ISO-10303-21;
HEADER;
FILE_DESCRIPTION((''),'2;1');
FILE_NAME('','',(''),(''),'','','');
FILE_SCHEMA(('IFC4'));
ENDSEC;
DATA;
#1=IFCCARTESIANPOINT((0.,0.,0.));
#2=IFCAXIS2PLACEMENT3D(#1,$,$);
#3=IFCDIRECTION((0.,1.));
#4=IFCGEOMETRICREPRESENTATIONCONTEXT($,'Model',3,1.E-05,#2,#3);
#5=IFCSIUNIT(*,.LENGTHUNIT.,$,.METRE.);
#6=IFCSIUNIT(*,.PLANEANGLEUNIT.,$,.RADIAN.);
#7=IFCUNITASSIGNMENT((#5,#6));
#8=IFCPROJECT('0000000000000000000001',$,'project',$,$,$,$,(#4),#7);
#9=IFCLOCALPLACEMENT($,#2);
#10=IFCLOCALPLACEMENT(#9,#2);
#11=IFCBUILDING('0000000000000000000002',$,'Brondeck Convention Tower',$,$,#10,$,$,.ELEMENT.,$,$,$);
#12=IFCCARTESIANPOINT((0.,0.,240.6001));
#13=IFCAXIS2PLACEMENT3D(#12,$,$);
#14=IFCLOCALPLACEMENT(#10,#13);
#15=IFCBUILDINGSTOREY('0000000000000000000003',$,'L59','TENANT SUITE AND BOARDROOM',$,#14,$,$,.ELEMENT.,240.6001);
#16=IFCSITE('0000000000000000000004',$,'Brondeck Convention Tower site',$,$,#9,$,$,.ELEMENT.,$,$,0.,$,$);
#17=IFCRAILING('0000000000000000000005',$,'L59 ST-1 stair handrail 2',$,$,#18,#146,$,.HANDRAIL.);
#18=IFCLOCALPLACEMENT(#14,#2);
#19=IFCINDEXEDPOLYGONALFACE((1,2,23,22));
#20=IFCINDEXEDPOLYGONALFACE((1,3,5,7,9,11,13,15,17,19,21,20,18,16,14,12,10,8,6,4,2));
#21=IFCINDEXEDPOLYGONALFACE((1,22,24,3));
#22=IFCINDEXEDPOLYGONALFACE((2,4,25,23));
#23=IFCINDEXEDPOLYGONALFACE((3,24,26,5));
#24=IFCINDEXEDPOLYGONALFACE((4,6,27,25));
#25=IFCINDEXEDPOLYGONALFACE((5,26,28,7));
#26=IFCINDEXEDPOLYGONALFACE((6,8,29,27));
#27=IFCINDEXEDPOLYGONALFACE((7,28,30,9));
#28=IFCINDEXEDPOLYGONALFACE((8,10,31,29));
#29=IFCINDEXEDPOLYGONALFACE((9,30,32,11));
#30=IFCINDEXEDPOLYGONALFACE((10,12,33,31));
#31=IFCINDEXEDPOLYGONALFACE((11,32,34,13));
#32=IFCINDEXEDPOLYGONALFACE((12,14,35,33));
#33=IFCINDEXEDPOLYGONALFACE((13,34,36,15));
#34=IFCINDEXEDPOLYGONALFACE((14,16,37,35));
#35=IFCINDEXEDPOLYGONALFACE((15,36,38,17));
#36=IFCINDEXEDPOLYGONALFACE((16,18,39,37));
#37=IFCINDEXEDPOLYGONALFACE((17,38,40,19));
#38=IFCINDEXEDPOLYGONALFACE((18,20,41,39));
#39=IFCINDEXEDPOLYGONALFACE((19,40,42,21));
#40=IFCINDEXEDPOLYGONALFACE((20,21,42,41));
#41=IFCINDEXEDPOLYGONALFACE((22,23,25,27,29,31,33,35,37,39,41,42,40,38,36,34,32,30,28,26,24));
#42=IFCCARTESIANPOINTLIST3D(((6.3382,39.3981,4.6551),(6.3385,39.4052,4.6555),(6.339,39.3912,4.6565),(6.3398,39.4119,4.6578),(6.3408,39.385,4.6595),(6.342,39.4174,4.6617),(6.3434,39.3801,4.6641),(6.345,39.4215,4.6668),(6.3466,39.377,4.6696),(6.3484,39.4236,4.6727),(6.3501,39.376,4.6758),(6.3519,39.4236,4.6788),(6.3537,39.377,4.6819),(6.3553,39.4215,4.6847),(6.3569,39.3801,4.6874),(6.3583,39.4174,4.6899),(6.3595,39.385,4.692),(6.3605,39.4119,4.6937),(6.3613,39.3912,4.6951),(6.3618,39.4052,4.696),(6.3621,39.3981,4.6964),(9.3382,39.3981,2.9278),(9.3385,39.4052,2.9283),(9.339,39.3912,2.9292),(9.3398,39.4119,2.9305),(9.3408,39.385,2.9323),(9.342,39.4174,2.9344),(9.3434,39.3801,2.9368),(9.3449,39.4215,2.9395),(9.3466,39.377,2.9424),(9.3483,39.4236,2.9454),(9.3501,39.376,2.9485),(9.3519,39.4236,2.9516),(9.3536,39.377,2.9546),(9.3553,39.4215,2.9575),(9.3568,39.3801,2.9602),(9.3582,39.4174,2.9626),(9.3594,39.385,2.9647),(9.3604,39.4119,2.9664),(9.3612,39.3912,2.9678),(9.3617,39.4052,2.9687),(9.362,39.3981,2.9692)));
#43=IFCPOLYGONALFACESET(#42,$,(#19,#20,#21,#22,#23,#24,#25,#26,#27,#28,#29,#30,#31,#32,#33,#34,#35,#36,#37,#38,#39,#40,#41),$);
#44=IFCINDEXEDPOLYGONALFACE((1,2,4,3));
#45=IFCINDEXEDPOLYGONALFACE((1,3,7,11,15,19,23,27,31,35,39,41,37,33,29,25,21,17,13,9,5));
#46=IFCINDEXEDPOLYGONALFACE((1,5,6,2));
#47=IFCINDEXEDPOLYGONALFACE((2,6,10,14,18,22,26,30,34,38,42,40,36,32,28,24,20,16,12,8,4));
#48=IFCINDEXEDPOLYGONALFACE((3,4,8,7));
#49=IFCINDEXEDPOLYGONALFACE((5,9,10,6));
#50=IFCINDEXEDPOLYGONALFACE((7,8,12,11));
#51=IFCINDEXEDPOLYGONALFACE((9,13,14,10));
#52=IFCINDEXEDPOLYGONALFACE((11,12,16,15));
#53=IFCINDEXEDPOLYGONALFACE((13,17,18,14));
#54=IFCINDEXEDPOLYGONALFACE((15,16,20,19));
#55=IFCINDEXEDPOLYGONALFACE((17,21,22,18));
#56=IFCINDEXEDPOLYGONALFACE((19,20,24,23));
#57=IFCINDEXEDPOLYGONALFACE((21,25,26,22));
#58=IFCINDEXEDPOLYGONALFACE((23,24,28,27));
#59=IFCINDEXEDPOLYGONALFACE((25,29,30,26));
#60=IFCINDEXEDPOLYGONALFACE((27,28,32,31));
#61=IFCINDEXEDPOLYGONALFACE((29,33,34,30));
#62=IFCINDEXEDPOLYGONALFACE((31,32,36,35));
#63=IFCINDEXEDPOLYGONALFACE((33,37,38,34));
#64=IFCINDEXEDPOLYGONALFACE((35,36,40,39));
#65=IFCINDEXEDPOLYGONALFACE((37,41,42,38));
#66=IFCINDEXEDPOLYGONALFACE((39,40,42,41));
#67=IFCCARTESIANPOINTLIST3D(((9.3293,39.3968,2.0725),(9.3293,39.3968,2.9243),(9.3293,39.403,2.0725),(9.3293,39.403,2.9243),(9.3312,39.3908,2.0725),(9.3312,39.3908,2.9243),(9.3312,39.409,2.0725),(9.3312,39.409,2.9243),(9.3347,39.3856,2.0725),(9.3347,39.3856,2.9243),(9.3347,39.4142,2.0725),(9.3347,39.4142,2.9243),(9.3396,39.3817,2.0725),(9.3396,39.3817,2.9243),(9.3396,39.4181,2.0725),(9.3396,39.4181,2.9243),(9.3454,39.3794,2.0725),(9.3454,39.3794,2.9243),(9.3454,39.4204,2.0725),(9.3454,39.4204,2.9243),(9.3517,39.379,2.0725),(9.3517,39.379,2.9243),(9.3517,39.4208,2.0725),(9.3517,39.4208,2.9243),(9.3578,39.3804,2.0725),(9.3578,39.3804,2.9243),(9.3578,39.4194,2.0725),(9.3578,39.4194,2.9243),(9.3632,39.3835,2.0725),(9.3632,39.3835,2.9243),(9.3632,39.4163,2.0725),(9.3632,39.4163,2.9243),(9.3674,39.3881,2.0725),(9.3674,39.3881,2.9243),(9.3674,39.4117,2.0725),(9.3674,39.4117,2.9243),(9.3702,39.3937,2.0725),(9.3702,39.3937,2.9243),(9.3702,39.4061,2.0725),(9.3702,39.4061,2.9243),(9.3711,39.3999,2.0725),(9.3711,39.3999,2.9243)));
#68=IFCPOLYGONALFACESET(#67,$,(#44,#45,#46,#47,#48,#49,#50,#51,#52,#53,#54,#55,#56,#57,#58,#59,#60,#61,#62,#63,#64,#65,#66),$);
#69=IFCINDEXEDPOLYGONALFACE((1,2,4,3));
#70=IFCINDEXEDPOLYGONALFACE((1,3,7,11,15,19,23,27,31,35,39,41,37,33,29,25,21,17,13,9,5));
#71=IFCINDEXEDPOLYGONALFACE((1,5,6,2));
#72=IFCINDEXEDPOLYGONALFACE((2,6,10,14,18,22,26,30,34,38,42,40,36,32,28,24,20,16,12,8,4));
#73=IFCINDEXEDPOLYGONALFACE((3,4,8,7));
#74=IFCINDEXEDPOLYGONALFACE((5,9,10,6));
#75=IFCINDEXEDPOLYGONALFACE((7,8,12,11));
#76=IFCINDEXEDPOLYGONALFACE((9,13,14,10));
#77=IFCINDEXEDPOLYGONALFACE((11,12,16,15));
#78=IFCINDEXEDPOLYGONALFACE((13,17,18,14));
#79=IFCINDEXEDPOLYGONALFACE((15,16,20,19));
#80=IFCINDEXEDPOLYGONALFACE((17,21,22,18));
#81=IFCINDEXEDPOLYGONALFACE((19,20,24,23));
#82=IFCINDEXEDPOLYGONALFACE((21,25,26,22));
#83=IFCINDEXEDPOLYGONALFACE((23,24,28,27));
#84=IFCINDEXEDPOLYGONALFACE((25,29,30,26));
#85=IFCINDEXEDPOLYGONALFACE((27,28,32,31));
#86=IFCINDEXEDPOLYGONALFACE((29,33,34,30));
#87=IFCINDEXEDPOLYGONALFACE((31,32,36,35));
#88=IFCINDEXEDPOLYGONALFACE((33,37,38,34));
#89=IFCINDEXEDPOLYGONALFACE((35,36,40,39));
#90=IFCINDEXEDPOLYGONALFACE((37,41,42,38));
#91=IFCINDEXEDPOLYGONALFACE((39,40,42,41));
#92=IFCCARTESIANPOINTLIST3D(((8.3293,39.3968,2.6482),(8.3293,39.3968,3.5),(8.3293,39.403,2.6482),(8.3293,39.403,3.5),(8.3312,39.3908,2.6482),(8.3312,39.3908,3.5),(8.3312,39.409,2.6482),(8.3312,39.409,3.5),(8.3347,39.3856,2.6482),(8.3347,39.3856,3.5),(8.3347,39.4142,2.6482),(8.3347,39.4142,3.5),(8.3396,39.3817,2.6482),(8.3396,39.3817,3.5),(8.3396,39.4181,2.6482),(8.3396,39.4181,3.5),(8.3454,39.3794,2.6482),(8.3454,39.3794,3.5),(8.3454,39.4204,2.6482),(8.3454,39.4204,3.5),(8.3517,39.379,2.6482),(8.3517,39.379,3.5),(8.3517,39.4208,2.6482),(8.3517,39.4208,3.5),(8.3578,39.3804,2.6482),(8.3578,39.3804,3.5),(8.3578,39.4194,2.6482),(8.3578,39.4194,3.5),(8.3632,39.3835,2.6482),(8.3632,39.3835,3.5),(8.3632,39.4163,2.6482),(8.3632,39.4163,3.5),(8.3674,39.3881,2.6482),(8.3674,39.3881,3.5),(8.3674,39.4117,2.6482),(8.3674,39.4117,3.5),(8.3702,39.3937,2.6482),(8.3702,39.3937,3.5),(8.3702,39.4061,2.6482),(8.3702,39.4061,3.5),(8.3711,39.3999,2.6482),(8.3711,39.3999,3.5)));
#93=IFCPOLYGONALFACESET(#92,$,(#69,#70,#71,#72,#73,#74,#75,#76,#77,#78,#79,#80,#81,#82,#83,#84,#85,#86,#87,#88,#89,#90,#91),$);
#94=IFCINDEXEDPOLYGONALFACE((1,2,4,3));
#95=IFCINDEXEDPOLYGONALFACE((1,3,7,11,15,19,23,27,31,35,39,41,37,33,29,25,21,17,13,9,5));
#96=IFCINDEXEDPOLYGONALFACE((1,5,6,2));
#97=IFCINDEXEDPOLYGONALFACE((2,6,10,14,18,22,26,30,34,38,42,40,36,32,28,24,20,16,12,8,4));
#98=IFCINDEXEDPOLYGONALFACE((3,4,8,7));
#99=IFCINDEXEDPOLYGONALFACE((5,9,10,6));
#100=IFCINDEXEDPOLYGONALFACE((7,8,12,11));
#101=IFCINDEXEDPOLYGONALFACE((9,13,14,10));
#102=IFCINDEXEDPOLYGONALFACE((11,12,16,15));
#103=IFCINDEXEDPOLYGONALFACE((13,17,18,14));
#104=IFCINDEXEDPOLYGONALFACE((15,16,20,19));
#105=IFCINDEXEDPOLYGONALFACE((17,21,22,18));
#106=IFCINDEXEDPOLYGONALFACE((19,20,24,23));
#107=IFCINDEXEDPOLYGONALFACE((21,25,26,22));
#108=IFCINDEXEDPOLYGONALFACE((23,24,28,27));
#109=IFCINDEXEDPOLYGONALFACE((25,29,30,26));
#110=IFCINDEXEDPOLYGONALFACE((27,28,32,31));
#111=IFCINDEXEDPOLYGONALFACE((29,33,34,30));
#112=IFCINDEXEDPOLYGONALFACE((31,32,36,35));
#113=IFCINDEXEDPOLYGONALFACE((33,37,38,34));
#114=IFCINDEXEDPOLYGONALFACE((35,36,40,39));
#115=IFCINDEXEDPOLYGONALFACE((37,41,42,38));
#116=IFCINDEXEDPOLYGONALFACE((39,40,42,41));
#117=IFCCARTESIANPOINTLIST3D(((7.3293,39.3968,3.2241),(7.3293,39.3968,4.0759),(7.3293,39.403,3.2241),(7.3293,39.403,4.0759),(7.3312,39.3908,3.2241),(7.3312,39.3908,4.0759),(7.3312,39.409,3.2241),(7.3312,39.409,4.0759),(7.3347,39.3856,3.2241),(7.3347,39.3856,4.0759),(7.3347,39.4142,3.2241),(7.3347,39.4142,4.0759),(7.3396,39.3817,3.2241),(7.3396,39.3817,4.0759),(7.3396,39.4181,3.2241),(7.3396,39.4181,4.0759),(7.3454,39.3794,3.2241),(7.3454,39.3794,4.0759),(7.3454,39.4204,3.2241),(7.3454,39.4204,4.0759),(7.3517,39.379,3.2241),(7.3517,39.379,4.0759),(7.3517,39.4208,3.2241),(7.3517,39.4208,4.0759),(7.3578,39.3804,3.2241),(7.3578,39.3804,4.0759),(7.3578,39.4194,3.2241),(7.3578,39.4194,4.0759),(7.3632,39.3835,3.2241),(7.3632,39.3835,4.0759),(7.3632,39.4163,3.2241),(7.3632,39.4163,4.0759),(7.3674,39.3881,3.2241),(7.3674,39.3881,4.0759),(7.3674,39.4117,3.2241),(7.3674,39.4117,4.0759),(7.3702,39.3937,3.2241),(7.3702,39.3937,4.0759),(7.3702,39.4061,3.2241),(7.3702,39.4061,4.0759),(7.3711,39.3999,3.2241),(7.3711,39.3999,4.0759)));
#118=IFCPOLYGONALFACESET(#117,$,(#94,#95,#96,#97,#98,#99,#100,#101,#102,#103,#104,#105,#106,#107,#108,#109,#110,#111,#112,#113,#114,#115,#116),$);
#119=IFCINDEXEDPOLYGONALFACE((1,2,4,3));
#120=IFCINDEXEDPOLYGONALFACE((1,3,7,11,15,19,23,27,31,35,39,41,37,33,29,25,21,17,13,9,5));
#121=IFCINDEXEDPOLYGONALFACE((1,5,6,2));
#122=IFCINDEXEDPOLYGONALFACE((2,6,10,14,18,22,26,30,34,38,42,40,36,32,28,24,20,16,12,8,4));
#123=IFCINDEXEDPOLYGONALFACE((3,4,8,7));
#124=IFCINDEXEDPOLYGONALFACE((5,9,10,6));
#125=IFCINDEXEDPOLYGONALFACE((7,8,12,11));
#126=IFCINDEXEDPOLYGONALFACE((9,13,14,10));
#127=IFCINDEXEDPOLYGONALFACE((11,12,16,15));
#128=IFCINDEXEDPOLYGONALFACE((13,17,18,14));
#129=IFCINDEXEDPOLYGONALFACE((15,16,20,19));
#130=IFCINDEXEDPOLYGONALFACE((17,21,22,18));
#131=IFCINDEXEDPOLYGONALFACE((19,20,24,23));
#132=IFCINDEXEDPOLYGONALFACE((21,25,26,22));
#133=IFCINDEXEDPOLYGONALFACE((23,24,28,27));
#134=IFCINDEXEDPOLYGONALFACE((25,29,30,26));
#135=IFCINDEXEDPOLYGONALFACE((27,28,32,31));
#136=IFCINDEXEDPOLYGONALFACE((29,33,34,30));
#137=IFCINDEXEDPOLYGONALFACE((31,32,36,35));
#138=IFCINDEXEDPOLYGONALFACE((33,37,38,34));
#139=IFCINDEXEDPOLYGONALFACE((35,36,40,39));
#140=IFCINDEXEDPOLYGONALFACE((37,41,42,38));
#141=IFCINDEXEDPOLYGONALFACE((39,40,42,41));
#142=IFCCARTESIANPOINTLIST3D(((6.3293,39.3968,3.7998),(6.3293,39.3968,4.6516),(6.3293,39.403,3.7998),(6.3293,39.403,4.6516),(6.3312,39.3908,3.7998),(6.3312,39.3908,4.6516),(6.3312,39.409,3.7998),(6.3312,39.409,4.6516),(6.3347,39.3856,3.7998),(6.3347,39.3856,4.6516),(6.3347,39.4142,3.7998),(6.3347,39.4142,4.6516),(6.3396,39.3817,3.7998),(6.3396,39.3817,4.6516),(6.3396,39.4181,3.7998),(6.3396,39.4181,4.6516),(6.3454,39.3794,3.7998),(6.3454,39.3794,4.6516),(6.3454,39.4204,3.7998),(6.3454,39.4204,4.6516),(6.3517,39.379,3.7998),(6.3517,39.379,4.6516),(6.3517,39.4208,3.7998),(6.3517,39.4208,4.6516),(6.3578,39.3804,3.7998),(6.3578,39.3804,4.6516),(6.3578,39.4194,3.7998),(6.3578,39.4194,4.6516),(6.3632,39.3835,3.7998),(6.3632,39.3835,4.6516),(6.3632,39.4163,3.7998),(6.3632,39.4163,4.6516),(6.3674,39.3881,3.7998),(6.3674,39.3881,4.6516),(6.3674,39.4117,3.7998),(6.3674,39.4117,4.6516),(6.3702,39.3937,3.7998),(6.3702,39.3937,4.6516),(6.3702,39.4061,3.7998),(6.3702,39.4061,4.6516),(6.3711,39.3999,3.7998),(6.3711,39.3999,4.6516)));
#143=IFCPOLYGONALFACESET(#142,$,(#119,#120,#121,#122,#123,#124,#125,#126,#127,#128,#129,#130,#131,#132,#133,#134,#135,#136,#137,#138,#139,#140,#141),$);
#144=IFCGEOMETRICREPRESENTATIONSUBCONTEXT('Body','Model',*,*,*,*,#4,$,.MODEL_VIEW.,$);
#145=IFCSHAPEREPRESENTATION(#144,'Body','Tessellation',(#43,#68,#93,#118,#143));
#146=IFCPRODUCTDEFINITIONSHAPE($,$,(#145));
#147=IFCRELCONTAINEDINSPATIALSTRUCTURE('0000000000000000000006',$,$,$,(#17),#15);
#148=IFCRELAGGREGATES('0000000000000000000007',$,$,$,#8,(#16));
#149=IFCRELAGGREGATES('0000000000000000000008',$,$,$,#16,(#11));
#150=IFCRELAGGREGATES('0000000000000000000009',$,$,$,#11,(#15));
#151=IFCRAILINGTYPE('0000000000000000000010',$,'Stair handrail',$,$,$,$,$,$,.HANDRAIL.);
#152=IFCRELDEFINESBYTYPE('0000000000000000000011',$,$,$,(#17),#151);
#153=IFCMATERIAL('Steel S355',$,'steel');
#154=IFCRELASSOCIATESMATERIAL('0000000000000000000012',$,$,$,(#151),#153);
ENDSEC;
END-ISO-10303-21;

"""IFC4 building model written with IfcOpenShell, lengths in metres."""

from ifc_helpers import new_model, si_unit, direction, frame, origin, origin_2d, place, context, subcontext, project, spatial, circle, extrude, material, type_object, element, save


model = new_model("IFC4")

# Units and contexts
model_context = context("Model", 3, precision=1e-05, world=origin(), true_north=direction((0.0, 1.0)))
body_context = subcontext(model_context, "Body", "Model", "MODEL_VIEW")
ifc_project = project(units=[si_unit("LENGTHUNIT", "METRE"), si_unit("PLANEANGLEUNIT", "RADIAN")], contexts=[model_context])

# Site, building, storey
site_placement = place(None, origin())
site = spatial("IfcSite", under=ifc_project, at=site_placement, Name="Brondeck Convention Tower site", CompositionType="ELEMENT", RefElevation=0.0)
building_placement = place(site_placement, origin())
building = spatial("IfcBuilding", under=site, at=building_placement, Name="Brondeck Convention Tower", CompositionType="ELEMENT")
storey_placement = place(building_placement, frame((0.0, 0.0, 240.6001)))
storey = spatial("IfcBuildingStorey", under=building, at=storey_placement, Name="L59", Description="TENANT SUITE AND BOARDROOM", CompositionType="ELEMENT", Elevation=240.6001)

# Shared definitions
ifc_material_1 = material(Name="Steel S355", Category="steel")

# Railing
railing_type_1 = type_object("IfcRailingType", Name="Stair handrail", PredefinedType="HANDRAIL", material=ifc_material_1)
railing_1_placement = place(storey_placement, frame((9.3501, 39.3999, 2.0725)))
element("IfcRailing", 1, at=railing_1_placement, inside=storey, type_object=railing_type_1, Name="L59 ST-1 stair handrail 2", PredefinedType="HANDRAIL", context=body_context, shape_type="SweptSolid", body=[
    extrude(circle(Radius=0.0239, at=origin_2d()), frame((0.0, 0.0, 0.876), z_axis=(-0.86662, 0.0, 0.498969), x_axis=(0.0, -1.0, 0.0)), (0.0, 0.0, 1.0), 3.4617),
    extrude(circle(Radius=0.021, at=origin_2d()), origin(), (0.0, 0.0, 1.0), 0.8518),
    extrude(circle(Radius=0.021, at=origin_2d()), frame((-1.0, 0.0, 0.5757)), (0.0, 0.0, 1.0), 0.8518),
    extrude(circle(Radius=0.021, at=origin_2d()), frame((-2.0, 0.0, 1.1516)), (0.0, 0.0, 1.0), 0.8518),
    extrude(circle(Radius=0.021, at=origin_2d()), frame((-3.0, 0.0, 1.7273)), (0.0, 0.0, 1.0), 0.8518),
])

save(model, "model.ifc")
